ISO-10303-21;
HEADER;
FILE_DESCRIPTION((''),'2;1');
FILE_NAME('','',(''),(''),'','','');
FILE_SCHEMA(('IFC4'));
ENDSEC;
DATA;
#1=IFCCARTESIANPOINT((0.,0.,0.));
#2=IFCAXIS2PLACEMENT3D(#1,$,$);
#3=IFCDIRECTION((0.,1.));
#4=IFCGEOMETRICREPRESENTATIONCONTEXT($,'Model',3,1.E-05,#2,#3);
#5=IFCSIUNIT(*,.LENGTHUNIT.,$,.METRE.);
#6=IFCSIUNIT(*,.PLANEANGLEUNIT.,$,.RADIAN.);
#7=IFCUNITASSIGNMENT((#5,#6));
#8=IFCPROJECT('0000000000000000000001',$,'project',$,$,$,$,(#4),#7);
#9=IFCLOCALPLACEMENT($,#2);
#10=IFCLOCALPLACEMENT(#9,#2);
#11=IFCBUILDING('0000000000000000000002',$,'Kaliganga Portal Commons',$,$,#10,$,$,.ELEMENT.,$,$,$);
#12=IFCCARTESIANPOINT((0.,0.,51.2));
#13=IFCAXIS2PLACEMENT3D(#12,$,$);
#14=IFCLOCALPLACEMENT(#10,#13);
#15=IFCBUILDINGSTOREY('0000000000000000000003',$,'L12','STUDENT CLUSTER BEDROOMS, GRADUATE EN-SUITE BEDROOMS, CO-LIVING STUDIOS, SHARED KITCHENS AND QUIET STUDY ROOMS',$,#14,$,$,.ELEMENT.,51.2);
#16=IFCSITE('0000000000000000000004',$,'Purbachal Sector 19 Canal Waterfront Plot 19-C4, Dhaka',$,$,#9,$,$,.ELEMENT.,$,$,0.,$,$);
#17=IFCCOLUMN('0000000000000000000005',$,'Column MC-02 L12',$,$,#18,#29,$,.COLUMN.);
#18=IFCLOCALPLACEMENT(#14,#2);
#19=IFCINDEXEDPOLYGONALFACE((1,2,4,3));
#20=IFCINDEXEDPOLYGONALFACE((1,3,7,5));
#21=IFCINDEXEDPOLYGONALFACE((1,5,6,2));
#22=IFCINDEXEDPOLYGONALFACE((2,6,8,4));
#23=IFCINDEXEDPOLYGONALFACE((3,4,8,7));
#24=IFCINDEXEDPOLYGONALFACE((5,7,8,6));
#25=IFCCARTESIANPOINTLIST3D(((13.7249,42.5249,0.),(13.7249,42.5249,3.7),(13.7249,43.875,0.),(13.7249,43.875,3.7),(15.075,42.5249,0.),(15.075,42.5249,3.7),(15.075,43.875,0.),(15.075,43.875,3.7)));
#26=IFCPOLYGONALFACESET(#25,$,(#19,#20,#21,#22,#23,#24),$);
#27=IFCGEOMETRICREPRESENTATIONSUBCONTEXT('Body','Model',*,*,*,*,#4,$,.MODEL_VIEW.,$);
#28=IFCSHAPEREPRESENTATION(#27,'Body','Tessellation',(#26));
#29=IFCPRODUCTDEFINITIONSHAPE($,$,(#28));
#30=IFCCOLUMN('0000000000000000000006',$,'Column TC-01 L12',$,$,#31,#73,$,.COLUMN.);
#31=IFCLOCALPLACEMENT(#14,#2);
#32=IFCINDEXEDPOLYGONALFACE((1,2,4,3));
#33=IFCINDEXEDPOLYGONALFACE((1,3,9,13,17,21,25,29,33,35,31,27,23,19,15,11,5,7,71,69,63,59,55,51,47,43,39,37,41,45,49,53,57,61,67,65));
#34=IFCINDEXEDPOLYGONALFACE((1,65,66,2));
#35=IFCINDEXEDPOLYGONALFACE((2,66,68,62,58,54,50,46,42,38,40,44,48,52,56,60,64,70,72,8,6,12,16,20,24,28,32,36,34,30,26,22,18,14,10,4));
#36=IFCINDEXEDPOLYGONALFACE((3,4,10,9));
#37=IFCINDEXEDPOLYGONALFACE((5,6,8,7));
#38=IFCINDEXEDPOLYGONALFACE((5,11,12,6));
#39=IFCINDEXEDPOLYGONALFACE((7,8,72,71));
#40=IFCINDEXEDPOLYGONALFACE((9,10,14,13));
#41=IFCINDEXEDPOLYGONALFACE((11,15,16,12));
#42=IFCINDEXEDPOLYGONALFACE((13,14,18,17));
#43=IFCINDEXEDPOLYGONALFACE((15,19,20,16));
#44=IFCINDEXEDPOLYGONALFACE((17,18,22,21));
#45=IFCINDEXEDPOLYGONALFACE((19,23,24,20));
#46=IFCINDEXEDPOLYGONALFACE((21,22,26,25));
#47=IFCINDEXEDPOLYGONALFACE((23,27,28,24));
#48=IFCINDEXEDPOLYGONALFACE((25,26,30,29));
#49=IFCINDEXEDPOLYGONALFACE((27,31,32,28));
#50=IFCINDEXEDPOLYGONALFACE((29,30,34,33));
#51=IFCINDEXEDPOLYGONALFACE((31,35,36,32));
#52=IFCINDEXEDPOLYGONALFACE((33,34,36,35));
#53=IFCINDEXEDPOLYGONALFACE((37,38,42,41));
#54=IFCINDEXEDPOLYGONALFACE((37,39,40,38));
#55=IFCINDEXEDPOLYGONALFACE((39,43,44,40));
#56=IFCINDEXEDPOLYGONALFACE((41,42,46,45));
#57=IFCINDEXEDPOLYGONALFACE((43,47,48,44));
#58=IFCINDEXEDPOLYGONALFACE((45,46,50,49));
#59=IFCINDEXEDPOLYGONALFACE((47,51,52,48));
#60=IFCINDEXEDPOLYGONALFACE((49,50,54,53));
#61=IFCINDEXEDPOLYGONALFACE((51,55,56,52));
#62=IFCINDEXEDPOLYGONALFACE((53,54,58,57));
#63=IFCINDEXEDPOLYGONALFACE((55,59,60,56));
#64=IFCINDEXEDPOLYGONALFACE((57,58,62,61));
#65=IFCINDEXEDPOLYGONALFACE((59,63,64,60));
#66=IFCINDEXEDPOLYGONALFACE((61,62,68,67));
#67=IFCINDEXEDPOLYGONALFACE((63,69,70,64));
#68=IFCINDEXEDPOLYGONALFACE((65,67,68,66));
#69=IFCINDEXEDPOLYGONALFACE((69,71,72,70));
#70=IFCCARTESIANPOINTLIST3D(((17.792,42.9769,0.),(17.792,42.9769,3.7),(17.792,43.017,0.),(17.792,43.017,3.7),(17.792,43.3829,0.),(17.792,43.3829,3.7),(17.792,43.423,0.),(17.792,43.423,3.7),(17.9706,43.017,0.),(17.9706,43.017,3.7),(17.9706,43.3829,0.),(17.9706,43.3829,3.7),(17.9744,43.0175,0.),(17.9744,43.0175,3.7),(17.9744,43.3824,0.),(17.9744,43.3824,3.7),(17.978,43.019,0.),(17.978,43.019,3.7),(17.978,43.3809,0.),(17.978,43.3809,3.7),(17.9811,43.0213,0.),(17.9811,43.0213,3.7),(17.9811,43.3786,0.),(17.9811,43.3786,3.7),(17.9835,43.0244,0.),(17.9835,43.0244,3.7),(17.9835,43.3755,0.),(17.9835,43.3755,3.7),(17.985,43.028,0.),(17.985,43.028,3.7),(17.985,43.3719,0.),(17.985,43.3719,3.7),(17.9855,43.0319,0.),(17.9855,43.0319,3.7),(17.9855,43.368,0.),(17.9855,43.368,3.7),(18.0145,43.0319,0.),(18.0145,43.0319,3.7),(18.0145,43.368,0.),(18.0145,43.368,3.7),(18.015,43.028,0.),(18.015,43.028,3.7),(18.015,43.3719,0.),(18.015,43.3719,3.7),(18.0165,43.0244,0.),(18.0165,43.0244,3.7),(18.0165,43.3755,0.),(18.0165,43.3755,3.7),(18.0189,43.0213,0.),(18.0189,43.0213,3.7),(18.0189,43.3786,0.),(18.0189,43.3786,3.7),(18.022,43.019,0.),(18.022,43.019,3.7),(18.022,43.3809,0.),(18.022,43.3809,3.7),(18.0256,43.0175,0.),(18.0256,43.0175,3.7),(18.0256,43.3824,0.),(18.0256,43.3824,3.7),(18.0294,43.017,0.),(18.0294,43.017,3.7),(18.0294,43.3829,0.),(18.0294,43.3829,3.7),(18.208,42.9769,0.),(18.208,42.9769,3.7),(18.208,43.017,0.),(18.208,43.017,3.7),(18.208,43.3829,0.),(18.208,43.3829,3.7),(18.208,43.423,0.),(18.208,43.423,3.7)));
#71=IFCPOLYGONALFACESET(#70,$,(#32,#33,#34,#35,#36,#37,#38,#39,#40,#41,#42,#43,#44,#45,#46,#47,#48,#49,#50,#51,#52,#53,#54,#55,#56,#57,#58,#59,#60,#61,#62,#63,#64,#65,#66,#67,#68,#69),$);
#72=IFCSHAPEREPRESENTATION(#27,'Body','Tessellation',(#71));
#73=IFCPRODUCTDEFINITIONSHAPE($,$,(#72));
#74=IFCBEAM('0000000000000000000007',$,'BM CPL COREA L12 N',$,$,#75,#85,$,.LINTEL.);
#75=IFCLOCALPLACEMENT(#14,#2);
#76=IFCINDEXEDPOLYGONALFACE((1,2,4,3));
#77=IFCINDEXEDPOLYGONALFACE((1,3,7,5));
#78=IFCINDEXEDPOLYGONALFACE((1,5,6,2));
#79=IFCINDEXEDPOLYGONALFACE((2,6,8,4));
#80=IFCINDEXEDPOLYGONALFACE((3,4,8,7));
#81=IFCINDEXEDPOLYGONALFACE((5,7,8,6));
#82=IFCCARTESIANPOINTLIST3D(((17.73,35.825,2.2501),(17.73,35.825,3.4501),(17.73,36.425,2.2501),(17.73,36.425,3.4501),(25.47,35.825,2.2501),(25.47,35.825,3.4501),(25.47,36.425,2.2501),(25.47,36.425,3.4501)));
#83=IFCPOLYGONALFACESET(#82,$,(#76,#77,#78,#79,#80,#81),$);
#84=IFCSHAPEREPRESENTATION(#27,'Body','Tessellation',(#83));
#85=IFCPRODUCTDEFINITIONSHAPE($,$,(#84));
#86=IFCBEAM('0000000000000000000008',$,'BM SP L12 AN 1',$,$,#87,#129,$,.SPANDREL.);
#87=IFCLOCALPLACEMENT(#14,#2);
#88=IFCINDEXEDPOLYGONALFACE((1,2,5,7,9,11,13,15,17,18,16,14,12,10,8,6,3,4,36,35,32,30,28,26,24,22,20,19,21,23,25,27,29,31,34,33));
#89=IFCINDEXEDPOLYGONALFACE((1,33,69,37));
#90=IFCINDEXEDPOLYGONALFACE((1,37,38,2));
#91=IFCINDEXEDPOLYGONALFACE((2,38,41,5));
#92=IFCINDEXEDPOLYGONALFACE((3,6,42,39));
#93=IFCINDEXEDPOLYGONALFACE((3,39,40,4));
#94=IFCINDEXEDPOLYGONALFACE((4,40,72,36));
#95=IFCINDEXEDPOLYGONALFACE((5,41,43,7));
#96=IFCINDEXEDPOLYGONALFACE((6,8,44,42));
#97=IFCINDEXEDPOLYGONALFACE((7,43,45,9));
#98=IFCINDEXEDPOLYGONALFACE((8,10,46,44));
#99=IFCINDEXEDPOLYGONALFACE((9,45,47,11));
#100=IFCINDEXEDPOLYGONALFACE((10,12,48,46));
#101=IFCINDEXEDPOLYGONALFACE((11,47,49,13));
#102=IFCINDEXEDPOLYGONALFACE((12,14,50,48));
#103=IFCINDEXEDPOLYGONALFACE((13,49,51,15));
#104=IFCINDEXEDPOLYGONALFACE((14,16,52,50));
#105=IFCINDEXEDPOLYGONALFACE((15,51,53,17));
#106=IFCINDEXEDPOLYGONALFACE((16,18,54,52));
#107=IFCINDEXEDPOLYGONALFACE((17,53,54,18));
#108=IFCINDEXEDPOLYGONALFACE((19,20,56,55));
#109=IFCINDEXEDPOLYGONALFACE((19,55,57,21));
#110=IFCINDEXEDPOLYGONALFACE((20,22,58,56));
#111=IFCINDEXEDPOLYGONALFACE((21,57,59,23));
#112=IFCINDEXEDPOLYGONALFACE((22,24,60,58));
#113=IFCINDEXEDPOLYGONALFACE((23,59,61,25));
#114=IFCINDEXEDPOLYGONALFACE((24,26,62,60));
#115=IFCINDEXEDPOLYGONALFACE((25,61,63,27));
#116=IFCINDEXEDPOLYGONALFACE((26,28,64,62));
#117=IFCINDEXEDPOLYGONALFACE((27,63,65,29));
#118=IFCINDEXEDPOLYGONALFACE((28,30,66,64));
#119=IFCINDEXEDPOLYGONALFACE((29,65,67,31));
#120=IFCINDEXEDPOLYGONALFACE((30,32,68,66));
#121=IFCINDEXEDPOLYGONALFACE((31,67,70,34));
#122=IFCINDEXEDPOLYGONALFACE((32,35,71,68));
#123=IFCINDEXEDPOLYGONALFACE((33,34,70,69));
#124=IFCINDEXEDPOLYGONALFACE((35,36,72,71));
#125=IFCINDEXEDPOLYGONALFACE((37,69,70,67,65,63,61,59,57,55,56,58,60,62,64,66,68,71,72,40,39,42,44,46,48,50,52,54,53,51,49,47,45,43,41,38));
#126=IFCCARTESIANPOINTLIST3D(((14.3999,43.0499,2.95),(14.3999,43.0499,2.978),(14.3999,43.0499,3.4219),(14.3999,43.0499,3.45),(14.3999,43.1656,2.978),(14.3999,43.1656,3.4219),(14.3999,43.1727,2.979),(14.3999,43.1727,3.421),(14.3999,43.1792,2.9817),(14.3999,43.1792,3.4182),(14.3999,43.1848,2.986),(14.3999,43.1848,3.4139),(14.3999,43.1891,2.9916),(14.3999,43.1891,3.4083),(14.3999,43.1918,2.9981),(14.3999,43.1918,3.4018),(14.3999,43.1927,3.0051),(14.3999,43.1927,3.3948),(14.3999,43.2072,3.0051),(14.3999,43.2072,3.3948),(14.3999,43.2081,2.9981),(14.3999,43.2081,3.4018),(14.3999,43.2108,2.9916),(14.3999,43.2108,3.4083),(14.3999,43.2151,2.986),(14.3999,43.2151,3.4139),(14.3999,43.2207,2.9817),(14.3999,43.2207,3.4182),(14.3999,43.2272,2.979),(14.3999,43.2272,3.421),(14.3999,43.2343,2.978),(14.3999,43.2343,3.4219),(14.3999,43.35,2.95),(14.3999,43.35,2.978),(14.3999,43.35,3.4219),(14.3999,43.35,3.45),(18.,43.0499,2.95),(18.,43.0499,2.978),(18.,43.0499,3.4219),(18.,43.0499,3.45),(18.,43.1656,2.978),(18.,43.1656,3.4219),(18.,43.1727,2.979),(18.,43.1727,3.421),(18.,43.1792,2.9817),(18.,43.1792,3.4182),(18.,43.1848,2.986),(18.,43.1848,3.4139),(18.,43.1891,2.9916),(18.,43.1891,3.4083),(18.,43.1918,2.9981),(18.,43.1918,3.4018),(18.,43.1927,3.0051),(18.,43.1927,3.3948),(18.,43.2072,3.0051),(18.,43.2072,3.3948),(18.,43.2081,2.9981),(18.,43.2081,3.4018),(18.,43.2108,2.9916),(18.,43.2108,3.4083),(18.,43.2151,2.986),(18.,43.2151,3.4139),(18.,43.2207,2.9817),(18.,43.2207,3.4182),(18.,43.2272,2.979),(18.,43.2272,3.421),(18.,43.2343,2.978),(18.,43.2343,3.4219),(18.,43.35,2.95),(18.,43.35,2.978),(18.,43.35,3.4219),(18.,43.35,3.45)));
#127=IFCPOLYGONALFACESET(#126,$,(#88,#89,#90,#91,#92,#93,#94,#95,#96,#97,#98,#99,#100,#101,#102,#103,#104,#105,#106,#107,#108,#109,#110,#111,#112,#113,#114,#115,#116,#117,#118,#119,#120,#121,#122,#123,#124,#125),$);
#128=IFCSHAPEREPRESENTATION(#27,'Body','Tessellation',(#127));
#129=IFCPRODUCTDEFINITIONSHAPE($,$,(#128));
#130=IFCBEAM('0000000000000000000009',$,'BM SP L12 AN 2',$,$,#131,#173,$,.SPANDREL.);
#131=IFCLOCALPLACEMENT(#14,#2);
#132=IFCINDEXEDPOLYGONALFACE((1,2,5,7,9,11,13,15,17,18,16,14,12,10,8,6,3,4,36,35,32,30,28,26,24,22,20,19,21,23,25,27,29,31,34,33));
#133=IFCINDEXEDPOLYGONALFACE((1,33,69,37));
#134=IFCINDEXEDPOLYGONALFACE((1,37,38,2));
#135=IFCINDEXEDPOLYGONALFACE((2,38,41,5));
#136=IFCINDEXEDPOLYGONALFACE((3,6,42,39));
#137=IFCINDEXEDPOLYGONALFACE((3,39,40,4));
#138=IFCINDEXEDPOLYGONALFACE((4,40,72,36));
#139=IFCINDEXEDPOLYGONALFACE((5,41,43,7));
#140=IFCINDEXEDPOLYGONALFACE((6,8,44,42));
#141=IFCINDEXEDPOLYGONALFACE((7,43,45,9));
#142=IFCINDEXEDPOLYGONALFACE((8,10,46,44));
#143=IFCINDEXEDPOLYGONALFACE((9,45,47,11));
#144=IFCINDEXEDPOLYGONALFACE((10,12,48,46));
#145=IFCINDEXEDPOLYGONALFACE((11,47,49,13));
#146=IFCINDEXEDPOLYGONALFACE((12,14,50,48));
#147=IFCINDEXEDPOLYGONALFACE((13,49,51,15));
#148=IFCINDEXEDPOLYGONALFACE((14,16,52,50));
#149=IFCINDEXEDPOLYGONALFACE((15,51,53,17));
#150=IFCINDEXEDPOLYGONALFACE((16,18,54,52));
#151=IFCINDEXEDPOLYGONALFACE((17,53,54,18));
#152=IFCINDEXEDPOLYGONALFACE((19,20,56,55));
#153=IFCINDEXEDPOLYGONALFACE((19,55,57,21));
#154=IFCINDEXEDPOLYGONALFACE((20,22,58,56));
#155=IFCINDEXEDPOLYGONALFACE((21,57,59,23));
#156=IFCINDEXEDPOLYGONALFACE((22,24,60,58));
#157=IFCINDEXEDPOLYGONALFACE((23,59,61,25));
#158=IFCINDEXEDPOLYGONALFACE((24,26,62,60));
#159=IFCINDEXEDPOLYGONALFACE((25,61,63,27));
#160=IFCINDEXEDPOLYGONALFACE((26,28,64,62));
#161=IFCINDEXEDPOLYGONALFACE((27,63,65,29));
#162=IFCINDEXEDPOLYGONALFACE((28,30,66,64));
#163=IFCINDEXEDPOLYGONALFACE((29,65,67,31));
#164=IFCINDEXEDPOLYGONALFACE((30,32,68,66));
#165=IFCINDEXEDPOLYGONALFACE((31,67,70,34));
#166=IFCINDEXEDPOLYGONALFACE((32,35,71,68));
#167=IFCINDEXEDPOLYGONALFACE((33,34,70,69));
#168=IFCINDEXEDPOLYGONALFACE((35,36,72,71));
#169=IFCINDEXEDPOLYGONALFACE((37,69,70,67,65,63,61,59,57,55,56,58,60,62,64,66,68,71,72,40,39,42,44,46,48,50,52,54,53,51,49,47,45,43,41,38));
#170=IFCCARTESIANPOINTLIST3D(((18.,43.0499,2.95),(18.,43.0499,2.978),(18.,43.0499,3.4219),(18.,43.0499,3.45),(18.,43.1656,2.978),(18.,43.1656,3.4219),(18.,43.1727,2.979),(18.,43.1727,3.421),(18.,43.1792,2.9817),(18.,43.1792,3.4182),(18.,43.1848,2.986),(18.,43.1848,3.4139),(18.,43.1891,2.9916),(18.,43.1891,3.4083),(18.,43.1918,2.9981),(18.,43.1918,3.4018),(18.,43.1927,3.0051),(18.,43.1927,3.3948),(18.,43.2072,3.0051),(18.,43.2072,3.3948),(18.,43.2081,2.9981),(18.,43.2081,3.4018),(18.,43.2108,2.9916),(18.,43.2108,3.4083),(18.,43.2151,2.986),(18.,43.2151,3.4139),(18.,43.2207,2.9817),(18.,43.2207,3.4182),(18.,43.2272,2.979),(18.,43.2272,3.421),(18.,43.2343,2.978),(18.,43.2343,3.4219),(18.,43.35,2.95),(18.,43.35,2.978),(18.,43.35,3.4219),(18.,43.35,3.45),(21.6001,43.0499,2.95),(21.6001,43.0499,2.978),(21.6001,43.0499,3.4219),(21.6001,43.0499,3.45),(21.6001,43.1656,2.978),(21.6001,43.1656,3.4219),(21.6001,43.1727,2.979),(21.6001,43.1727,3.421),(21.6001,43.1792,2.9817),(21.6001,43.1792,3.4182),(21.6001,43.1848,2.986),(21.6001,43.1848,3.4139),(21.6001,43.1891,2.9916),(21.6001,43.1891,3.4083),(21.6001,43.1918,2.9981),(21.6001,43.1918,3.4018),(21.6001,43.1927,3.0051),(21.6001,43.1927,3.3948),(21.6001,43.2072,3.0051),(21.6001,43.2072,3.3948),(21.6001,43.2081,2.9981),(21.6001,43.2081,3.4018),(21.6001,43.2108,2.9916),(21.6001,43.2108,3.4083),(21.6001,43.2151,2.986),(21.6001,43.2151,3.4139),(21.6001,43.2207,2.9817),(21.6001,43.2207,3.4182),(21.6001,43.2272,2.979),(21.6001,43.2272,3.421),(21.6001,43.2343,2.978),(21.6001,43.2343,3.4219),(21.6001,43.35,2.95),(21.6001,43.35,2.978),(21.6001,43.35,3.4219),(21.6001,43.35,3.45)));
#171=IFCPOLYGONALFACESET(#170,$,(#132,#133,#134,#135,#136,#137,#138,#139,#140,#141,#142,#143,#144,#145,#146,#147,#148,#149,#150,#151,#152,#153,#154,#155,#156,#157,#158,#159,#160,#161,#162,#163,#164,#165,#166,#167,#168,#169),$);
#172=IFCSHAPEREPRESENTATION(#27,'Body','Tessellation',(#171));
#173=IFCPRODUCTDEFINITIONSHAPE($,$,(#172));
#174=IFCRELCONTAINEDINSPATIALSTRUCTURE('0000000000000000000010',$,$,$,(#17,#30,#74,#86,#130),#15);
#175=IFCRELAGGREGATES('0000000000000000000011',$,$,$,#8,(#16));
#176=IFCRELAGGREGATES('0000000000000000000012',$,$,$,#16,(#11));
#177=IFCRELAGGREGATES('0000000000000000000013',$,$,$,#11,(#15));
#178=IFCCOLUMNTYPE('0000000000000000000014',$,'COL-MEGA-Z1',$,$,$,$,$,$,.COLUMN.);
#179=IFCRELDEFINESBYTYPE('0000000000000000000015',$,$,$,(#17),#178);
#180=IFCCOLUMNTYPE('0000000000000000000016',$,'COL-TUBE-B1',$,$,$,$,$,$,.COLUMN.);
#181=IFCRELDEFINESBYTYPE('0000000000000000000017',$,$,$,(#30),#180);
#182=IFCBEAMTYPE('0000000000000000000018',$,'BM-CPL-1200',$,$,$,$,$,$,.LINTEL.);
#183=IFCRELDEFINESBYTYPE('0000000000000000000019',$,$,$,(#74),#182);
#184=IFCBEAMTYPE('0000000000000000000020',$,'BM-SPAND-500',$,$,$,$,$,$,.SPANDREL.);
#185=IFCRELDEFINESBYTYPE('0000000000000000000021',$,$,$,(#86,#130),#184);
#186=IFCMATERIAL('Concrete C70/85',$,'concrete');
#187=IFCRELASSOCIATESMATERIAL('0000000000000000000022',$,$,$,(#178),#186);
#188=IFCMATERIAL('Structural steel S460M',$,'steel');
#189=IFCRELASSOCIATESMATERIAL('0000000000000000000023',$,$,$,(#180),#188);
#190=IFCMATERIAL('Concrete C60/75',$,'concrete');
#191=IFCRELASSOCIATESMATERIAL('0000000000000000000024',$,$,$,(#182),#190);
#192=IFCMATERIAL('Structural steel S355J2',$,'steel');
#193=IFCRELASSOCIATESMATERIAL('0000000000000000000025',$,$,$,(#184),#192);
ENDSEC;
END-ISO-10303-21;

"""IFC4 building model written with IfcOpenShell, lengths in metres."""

from ifc_helpers import new_model, si_unit, direction, frame, origin, origin_2d, place, context, subcontext, project, spatial, rectangle, i_section, extrude, source, transform, mapped, material, material_profile, profile_set, type_object, element, save


model = new_model("IFC4")

# Units and contexts
model_context = context("Model", 3, precision=1e-05, world=origin(), true_north=direction((0.0, 1.0)))
body_context = subcontext(model_context, "Body", "Model", "MODEL_VIEW")
ifc_project = project(units=[si_unit("LENGTHUNIT", "METRE"), si_unit("PLANEANGLEUNIT", "RADIAN")], contexts=[model_context])

# Site, building, storey
site_placement = place(None, origin())
site = spatial("IfcSite", under=ifc_project, at=site_placement, Name="Purbachal Sector 19 Canal Waterfront Plot 19-C4, Dhaka", CompositionType="ELEMENT", RefElevation=0.0)
building_placement = place(site_placement, origin())
building = spatial("IfcBuilding", under=site, at=building_placement, Name="Kaliganga Portal Commons", CompositionType="ELEMENT")
storey_placement = place(building_placement, frame((0.0, 0.0, 51.2)))
storey = spatial("IfcBuildingStorey", under=building, at=storey_placement, Name="L12", Description="STUDENT CLUSTER BEDROOMS, GRADUATE EN-SUITE BEDROOMS, CO-LIVING STUDIOS, SHARED KITCHENS AND QUIET STUDY ROOMS", CompositionType="ELEMENT", Elevation=51.2)

# Columns
ifc_material_1 = material(Name="Concrete C70/85", Category="concrete")
ifc_material_profile_1 = material_profile(ifc_material_1, rectangle(XDim=1.3501, YDim=1.3501, at=origin_2d()), Name="RC 1350x1350")
ifc_profile_set_1 = profile_set([ifc_material_profile_1], Name="Concrete C70/85")
column_type_1 = type_object("IfcColumnType", Name="COL-MEGA-Z1", PredefinedType="COLUMN", material=ifc_profile_set_1)
shared_shape_1 = source(origin(), body_context, "Body", "SweptSolid", [
    extrude(rectangle(XDim=1.3501, YDim=1.3501, at=origin_2d()), origin(), (0.0, 0.0, 1.0), 3.7),
])
column_1_placement = place(storey_placement, frame((14.3999, 43.2, 0.0), z_axis=(0.0, 0.0, 1.0), x_axis=(1.0, 0.0, 0.0)))
element("IfcColumn", 1, at=column_1_placement, inside=storey, type_object=column_type_1, Name="Column MC-02 L12", PredefinedType="COLUMN", context=body_context, shape_type="MappedRepresentation", body=[
    mapped(shared_shape_1, transform((0.0, 0.0, 0.0), x_axis=(1.0, 0.0, 0.0), y_axis=(0.0, 1.0, 0.0), z_axis=(0.0, 0.0, 1.0), scale=1.0)),
])
ifc_material_2 = material(Name="Structural steel S460M", Category="steel")
ifc_material_profile_2 = material_profile(ifc_material_2, i_section(OverallWidth=0.416, OverallDepth=0.446, WebThickness=0.0291, FlangeThickness=0.04, FilletRadius=0.0149, at=origin_2d()), Name="HD 400x509")
ifc_profile_set_2 = profile_set([ifc_material_profile_2], Name="Structural steel S460M wide-flange")
column_type_2 = type_object("IfcColumnType", Name="COL-TUBE-B1", PredefinedType="COLUMN", material=ifc_profile_set_2)
shared_shape_2 = source(origin(), body_context, "Body", "SweptSolid", [
    extrude(i_section(OverallWidth=0.416, OverallDepth=0.446, WebThickness=0.0291, FlangeThickness=0.04, FilletRadius=0.0149, at=origin_2d()), origin(), (0.0, 0.0, 1.0), 3.7),
])
column_2_placement = place(storey_placement, frame((18.0, 43.2, 0.0), z_axis=(0.0, 0.0, 1.0), x_axis=(1.0, 0.0, 0.0)))
element("IfcColumn", 2, at=column_2_placement, inside=storey, type_object=column_type_2, Name="Column TC-01 L12", PredefinedType="COLUMN", context=body_context, shape_type="MappedRepresentation", body=[
    mapped(shared_shape_2, transform((0.0, 0.0, 0.0), x_axis=(1.0, 0.0, 0.0), y_axis=(0.0, 1.0, 0.0), z_axis=(0.0, 0.0, 1.0), scale=1.0)),
])

# Beams
ifc_material_3 = material(Name="Concrete C60/75", Category="concrete")
ifc_material_profile_3 = material_profile(ifc_material_3, rectangle(XDim=0.6001, YDim=1.2, at=origin_2d()), Name="RC 600x1200")
ifc_profile_set_3 = profile_set([ifc_material_profile_3], Name="Concrete C60/75")
beam_type_1 = type_object("IfcBeamType", Name="BM-CPL-1200", PredefinedType="LINTEL", material=ifc_profile_set_3)
shared_shape_3 = source(origin(), body_context, "Body", "SweptSolid", [
    extrude(rectangle(XDim=0.6001, YDim=1.2, at=origin_2d()), origin(), (0.0, 0.0, 1.0), 7.74),
])
beam_1_placement = place(storey_placement, frame((17.73, 36.125, 2.8501), z_axis=(1.0, 0.0, 0.0), x_axis=(0.0, 1.0, 0.0)))
element("IfcBeam", 3, at=beam_1_placement, inside=storey, type_object=beam_type_1, Name="BM CPL COREA L12 N", PredefinedType="LINTEL", context=body_context, shape_type="MappedRepresentation", body=[
    mapped(shared_shape_3, transform((0.0, 0.0, 0.0), x_axis=(1.0, 0.0, 0.0), y_axis=(0.0, 1.0, 0.0), z_axis=(0.0, 0.0, 1.0), scale=1.0)),
])
ifc_material_4 = material(Name="Structural steel S355J2", Category="steel")
ifc_material_profile_4 = material_profile(ifc_material_4, i_section(OverallWidth=0.3, OverallDepth=0.5, WebThickness=0.0144, FlangeThickness=0.0281, FilletRadius=0.0271, at=origin_2d()), Name="HE 500 B")
ifc_profile_set_4 = profile_set([ifc_material_profile_4], Name="Structural steel S355J2 wide-flange")
beam_type_2 = type_object("IfcBeamType", Name="BM-SPAND-500", PredefinedType="SPANDREL", material=ifc_profile_set_4)
shared_shape_4 = source(origin(), body_context, "Body", "SweptSolid", [
    extrude(i_section(OverallWidth=0.3, OverallDepth=0.5, WebThickness=0.0144, FlangeThickness=0.0281, FilletRadius=0.0271, at=origin_2d()), origin(), (0.0, 0.0, 1.0), 3.6001),
])
for number, where, z_axis, x_axis, name in (
    (4, (14.3999, 43.2, 3.2), (1.0, 0.0, 0.0), (0.0, 1.0, 0.0), "BM SP L12 AN 1"),
    (5, (18.0, 43.2, 3.2), (1.0, 0.0, 0.0), (0.0, 1.0, 0.0), "BM SP L12 AN 2"),
):
    element("IfcBeam", number, at=place(storey_placement, frame(where, z_axis=z_axis, x_axis=x_axis)), inside=storey, type_object=beam_type_2, Name=name, PredefinedType="SPANDREL", context=body_context, shape_type="MappedRepresentation", body=[
        mapped(shared_shape_4, transform((0.0, 0.0, 0.0), x_axis=(1.0, 0.0, 0.0), y_axis=(0.0, 1.0, 0.0), z_axis=(0.0, 0.0, 1.0), scale=1.0)),
    ])

save(model, "model.ifc")
